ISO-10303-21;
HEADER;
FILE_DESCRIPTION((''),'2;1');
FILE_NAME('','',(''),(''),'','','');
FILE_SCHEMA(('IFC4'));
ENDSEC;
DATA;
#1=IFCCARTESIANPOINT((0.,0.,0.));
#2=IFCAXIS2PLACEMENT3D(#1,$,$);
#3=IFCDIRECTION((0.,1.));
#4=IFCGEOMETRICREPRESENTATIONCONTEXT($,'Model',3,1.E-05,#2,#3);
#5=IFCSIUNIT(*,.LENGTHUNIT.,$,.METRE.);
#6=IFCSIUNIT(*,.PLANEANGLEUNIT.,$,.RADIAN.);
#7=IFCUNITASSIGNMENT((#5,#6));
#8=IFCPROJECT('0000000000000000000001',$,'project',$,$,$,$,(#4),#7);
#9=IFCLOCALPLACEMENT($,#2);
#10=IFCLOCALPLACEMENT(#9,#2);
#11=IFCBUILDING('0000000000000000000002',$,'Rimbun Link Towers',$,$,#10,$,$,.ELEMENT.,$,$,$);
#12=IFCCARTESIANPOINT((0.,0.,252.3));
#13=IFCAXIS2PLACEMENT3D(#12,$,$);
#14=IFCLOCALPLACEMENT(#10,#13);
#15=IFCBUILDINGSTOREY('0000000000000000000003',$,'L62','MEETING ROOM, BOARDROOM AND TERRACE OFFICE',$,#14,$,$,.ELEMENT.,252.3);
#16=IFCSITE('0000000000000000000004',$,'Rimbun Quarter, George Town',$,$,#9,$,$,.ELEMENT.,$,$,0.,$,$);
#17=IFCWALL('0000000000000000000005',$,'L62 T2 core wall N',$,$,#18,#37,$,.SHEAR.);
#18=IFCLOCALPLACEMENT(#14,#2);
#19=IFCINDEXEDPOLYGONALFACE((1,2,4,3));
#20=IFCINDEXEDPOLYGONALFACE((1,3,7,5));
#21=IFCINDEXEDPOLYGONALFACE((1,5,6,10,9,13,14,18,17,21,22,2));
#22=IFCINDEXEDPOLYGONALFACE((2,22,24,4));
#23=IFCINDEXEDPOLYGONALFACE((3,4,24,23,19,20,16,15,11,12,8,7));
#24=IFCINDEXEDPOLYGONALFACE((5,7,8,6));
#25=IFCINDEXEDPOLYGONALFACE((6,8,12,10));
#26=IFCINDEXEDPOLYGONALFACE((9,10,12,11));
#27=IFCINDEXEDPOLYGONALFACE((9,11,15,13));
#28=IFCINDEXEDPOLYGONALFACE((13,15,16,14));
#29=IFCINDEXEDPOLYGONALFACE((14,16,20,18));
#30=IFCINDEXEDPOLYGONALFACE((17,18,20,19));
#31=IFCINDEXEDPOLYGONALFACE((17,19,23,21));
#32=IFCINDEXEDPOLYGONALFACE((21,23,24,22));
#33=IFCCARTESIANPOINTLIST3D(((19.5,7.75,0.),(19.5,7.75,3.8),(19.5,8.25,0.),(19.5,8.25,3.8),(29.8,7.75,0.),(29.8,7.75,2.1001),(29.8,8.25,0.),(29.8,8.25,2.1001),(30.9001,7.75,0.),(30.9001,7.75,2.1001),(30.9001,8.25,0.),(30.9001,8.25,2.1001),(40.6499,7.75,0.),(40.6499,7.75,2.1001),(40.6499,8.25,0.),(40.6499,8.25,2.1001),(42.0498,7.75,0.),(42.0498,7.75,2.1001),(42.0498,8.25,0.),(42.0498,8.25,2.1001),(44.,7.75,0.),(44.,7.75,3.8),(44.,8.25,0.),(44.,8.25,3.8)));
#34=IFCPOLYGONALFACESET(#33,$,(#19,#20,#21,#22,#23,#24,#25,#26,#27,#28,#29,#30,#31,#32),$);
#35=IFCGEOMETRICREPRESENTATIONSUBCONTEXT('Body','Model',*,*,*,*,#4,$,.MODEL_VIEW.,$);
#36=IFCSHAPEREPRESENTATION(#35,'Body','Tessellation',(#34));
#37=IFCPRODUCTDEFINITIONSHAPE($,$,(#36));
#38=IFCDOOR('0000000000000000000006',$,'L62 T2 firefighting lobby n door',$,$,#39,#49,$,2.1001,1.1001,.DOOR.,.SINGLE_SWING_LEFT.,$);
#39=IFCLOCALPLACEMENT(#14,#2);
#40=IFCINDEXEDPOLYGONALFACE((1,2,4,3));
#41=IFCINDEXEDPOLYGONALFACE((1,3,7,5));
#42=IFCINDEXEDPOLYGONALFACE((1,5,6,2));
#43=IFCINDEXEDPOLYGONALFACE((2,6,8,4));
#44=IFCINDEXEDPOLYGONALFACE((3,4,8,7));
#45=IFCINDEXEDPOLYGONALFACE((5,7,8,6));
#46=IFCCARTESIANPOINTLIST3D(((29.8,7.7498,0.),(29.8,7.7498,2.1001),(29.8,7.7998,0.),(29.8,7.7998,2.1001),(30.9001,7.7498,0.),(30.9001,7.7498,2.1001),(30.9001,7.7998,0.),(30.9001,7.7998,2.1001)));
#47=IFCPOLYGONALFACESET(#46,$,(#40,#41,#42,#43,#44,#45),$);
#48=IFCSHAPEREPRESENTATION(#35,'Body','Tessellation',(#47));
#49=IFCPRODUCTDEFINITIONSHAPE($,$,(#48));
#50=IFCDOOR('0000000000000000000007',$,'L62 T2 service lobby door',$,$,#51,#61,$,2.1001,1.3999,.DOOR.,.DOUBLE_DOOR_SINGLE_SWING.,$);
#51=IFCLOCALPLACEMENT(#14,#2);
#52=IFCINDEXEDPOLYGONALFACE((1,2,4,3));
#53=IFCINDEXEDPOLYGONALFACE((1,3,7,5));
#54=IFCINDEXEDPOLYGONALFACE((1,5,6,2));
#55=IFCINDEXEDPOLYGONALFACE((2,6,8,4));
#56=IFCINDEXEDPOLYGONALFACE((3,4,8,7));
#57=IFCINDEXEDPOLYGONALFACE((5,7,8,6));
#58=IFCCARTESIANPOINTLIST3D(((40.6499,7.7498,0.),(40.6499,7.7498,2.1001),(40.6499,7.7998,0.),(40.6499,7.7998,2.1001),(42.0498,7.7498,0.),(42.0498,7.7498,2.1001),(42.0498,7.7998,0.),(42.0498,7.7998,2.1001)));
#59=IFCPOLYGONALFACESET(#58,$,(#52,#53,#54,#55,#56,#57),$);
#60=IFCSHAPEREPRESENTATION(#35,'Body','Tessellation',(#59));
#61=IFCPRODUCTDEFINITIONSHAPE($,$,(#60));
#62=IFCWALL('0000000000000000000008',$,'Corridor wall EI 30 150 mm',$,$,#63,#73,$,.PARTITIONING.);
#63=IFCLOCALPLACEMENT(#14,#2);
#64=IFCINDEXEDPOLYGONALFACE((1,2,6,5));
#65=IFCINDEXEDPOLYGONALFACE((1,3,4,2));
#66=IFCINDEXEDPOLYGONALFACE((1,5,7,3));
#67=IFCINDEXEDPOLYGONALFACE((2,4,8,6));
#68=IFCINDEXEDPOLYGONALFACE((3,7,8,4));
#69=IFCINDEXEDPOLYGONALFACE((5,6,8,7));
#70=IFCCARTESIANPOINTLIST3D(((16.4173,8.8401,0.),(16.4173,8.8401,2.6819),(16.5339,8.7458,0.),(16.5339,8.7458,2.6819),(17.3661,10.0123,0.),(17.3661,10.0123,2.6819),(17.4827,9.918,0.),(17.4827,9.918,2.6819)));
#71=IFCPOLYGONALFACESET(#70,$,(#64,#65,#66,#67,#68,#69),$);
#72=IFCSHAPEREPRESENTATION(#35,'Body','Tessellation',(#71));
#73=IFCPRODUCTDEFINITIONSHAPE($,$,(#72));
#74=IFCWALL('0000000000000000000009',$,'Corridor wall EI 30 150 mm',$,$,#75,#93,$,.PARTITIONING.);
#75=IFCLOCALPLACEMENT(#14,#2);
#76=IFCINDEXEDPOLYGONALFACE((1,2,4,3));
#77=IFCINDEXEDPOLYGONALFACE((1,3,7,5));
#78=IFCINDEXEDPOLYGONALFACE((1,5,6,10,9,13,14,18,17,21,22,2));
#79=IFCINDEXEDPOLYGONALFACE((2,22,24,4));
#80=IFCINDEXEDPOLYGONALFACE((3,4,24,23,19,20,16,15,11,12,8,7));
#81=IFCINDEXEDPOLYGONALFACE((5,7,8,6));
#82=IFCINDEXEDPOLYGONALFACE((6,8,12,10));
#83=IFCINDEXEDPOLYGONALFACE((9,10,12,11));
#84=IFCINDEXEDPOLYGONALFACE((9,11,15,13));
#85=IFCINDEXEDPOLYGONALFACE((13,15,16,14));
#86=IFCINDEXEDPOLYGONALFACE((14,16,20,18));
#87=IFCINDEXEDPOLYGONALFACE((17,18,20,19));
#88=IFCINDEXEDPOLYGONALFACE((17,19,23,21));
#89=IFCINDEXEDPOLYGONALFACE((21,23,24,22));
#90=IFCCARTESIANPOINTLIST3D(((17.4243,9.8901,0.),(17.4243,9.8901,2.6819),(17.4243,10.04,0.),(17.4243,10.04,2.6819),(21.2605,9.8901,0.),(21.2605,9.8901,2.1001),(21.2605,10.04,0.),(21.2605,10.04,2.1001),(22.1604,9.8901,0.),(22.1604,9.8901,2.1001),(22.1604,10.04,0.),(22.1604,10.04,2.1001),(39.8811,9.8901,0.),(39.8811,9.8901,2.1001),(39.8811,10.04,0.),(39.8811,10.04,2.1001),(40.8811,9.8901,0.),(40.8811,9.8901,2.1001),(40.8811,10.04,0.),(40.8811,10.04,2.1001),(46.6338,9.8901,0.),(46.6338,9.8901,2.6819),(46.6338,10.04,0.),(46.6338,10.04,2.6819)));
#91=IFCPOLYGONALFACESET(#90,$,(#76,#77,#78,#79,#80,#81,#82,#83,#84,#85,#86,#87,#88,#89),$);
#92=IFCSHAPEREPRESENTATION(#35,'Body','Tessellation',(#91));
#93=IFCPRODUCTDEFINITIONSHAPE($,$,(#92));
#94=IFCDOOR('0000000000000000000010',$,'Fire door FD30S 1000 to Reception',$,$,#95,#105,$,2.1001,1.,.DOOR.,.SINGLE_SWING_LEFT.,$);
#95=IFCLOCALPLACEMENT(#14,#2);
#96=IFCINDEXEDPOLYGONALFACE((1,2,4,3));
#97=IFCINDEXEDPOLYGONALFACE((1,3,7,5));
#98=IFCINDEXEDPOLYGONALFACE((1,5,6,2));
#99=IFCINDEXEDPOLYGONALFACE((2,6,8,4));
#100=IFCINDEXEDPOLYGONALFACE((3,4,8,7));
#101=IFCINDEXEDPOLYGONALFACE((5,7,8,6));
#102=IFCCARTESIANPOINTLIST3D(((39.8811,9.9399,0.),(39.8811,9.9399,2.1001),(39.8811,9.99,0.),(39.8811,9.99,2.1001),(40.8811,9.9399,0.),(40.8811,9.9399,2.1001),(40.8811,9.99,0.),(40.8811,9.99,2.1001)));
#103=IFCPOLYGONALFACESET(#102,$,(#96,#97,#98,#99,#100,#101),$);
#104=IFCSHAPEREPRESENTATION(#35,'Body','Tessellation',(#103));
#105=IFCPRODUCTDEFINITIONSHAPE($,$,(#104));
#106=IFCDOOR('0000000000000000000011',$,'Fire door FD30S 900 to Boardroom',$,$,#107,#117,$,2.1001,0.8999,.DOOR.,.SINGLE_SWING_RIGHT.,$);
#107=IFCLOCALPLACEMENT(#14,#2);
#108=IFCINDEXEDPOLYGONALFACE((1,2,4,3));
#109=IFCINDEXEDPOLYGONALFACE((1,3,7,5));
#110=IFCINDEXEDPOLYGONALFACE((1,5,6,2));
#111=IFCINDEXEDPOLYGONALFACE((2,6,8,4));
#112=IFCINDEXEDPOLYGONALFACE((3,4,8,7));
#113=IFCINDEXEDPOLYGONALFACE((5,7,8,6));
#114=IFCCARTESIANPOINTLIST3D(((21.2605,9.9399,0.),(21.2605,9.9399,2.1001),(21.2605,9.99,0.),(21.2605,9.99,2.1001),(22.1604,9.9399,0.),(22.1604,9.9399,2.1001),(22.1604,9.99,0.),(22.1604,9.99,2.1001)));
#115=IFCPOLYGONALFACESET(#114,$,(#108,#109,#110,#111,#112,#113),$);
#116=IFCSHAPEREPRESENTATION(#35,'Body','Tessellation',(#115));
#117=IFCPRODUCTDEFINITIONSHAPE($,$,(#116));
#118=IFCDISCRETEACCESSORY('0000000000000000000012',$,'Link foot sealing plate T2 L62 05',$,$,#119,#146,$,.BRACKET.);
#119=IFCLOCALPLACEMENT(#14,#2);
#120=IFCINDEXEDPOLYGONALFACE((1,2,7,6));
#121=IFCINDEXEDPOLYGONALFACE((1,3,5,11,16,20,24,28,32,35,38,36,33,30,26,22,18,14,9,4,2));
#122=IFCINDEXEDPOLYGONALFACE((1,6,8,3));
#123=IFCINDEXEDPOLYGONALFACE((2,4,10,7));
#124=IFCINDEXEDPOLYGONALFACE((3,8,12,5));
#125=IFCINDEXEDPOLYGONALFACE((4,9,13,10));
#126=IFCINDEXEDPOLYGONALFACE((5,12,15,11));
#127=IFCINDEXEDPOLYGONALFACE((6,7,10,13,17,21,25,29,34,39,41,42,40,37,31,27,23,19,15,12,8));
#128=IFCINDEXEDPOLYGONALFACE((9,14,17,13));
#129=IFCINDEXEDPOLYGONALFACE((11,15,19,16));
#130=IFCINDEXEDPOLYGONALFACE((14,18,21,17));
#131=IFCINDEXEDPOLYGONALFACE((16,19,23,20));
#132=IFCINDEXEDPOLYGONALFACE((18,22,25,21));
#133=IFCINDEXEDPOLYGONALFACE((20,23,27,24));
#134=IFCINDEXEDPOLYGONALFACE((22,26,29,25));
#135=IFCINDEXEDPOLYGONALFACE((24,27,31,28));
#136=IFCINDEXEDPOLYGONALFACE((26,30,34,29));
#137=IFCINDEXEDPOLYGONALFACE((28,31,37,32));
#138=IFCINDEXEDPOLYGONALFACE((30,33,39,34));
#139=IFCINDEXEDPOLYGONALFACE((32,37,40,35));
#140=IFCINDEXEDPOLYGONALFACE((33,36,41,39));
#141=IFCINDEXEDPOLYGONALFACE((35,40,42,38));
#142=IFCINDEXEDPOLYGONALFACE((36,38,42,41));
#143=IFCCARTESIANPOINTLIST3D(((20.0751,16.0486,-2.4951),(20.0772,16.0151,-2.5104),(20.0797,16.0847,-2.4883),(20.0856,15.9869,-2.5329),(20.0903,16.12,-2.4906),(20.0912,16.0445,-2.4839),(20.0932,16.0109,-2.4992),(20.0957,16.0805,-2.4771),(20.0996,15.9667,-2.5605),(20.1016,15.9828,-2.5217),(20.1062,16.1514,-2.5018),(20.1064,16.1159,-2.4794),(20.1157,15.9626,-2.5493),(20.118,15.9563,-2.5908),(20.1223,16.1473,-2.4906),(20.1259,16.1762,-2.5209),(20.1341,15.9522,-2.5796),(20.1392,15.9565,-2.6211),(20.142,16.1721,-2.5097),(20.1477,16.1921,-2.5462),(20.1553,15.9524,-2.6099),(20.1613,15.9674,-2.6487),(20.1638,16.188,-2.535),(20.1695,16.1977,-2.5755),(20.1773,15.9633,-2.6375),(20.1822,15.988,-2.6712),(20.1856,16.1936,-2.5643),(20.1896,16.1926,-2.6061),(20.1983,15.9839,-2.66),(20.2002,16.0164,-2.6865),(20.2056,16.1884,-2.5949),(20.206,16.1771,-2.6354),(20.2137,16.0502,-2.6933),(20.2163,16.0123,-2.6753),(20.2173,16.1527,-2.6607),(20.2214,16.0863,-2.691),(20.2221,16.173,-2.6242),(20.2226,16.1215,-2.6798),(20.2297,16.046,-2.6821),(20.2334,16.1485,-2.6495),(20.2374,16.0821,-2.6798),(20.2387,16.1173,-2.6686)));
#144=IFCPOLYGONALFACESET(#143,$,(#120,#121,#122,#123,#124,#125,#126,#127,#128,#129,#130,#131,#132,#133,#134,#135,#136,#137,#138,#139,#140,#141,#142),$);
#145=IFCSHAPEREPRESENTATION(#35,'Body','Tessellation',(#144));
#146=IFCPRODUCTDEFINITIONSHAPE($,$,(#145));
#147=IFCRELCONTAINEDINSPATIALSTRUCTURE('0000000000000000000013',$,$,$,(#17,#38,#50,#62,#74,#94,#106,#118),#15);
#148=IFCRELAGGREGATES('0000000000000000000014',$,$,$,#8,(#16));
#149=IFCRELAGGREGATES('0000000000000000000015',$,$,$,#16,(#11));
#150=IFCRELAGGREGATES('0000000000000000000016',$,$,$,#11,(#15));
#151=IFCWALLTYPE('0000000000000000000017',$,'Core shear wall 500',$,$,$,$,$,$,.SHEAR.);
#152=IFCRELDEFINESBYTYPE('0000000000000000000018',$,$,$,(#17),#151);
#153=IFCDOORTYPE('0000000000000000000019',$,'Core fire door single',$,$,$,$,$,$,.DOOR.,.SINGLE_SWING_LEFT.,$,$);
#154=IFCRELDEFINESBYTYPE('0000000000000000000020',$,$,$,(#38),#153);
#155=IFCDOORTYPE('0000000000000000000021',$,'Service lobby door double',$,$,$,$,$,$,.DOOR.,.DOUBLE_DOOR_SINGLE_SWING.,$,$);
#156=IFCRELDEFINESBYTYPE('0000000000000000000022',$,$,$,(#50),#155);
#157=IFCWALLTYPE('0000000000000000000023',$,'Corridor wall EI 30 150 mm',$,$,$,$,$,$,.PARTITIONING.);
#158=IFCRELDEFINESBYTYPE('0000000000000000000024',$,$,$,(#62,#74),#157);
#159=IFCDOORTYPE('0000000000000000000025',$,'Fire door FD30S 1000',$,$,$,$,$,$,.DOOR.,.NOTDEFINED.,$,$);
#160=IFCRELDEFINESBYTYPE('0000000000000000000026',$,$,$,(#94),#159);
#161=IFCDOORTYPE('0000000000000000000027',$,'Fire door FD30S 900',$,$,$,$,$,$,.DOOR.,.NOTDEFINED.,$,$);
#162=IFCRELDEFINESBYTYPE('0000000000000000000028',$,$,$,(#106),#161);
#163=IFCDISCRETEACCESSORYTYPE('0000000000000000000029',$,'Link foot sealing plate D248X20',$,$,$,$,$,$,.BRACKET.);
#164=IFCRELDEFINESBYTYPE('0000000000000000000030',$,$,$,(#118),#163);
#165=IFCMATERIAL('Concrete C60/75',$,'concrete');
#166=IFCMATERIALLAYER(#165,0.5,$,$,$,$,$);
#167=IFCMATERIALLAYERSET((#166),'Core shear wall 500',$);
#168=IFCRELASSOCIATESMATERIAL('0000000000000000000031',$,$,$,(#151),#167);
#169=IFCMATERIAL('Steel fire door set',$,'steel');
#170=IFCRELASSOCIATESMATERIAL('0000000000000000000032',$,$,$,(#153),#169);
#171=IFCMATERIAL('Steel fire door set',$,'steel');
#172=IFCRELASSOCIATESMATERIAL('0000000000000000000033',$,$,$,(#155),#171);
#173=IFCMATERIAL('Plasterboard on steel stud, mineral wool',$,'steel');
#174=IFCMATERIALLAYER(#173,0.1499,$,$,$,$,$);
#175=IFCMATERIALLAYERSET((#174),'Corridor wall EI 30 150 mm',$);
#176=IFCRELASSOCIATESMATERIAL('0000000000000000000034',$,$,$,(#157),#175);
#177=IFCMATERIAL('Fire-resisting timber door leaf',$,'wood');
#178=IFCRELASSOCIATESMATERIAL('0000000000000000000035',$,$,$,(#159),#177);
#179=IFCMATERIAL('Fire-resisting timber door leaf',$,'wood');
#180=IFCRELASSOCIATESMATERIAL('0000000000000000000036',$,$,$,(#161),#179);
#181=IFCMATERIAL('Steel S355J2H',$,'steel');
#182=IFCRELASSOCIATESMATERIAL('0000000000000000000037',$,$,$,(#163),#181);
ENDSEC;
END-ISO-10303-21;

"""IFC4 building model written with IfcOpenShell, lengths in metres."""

from ifc_helpers import new_model, si_unit, direction, frame, frame_2d, origin, origin_2d, place, context, subcontext, project, spatial, rectangle, circle, extrude, material, layer, layer_set, material_profile, profile_set, type_object, element, fill, save


model = new_model("IFC4")

# Units and contexts
model_context = context("Model", 3, precision=1e-05, world=origin(), true_north=direction((0.0, 1.0)))
body_context = subcontext(model_context, "Body", "Model", "MODEL_VIEW")
ifc_project = project(units=[si_unit("LENGTHUNIT", "METRE"), si_unit("PLANEANGLEUNIT", "RADIAN")], contexts=[model_context])

# Site, building, storey
site_placement = place(None, origin())
site = spatial("IfcSite", under=ifc_project, at=site_placement, Name="Rimbun Quarter, George Town", CompositionType="ELEMENT", RefElevation=0.0)
building_placement = place(site_placement, origin())
building = spatial("IfcBuilding", under=site, at=building_placement, Name="Rimbun Link Towers", CompositionType="ELEMENT")
storey_placement = place(building_placement, frame((0.0, 0.0, 252.3)))
storey = spatial("IfcBuildingStorey", under=building, at=storey_placement, Name="L62", Description="MEETING ROOM, BOARDROOM AND TERRACE OFFICE", CompositionType="ELEMENT", Elevation=252.3)

# Wall, openings, doors
ifc_material_1 = material(Name="Concrete C60/75", Category="concrete")
ifc_layer_1 = layer(ifc_material_1, 0.5)
ifc_layer_set_1 = layer_set([ifc_layer_1], Name="Core shear wall 500")
wall_type_1 = type_object("IfcWallType", Name="Core shear wall 500", PredefinedType="SHEAR", material=ifc_layer_set_1)
wall_1_placement = place(storey_placement, frame((19.5, 8.0, 0.0), z_axis=(0.0, 0.0, 1.0), x_axis=(1.0, 0.0, 0.0)))
wall_1 = element("IfcWall", 1, at=wall_1_placement, inside=storey, type_object=wall_type_1, Name="L62 T2 core wall N", PredefinedType="SHEAR", context=body_context, shape_type="SweptSolid", body=[
    extrude(rectangle(XDim=24.5, YDim=0.5, at=frame_2d((12.25, 0.0))), origin(), (0.0, 0.0, 1.0), 3.8),
])
opening_1_placement = place(wall_1_placement, frame((10.3, 0.0, 0.0)))
opening_1 = element("IfcOpeningElement", 2, at=opening_1_placement, cuts=wall_1, PredefinedType="OPENING", context=body_context, shape_type="SweptSolid", body=[
    extrude(rectangle(XDim=1.1001, YDim=2.1001, at=frame_2d((0.55, 1.05))), frame((0.0, 0.26, 0.0), z_axis=(0.0, -1.0, 0.0), x_axis=(1.0, 0.0, 0.0)), (0.0, 0.0, 1.0), 0.52),
])
opening_2_placement = place(wall_1_placement, frame((21.1499, 0.0, 0.0)))
opening_2 = element("IfcOpeningElement", 3, at=opening_2_placement, cuts=wall_1, PredefinedType="OPENING", context=body_context, shape_type="SweptSolid", body=[
    extrude(rectangle(XDim=1.3999, YDim=2.1001, at=frame_2d((0.7, 1.05))), frame((0.0, 0.26, 0.0), z_axis=(0.0, -1.0, 0.0), x_axis=(1.0, 0.0, 0.0)), (0.0, 0.0, 1.0), 0.52),
])
ifc_material_2 = material(Name="Steel fire door set", Category="steel")
door_type_1 = type_object("IfcDoorType", Name="Core fire door single", OperationType="SINGLE_SWING_LEFT", PredefinedType="DOOR", material=ifc_material_2)
door_1_placement = place(opening_1_placement, origin())
door_1 = element("IfcDoor", 4, at=door_1_placement, inside=storey, type_object=door_type_1, Name="L62 T2 firefighting lobby n door", OperationType="SINGLE_SWING_LEFT", OverallHeight=2.1001, OverallWidth=1.1001, PredefinedType="DOOR", context=body_context, shape_type="SweptSolid", body=[
    extrude(rectangle(XDim=1.1001, YDim=2.1001, at=frame_2d((0.55, 1.05))), frame((0.0, -0.2002, 0.0), z_axis=(0.0, -1.0, 0.0), x_axis=(1.0, 0.0, 0.0)), (0.0, 0.0, 1.0), 0.05),
])
fill(opening_1, door_1)
ifc_material_3 = material(Name="Steel fire door set", Category="steel")
door_type_2 = type_object("IfcDoorType", Name="Service lobby door double", OperationType="DOUBLE_DOOR_SINGLE_SWING", PredefinedType="DOOR", material=ifc_material_3)
door_2_placement = place(opening_2_placement, origin())
door_2 = element("IfcDoor", 5, at=door_2_placement, inside=storey, type_object=door_type_2, Name="L62 T2 service lobby door", OperationType="DOUBLE_DOOR_SINGLE_SWING", OverallHeight=2.1001, OverallWidth=1.3999, PredefinedType="DOOR", context=body_context, shape_type="SweptSolid", body=[
    extrude(rectangle(XDim=1.3999, YDim=2.1001, at=frame_2d((0.7, 1.05))), frame((0.0, -0.2002, 0.0), z_axis=(0.0, -1.0, 0.0), x_axis=(1.0, 0.0, 0.0)), (0.0, 0.0, 1.0), 0.05),
])
fill(opening_2, door_2)

# Wall
ifc_material_4 = material(Name="Plasterboard on steel stud, mineral wool", Category="steel")
ifc_layer_2 = layer(ifc_material_4, 0.1499)
ifc_layer_set_2 = layer_set([ifc_layer_2], Name="Corridor wall EI 30 150 mm")
wall_type_2 = type_object("IfcWallType", Name="Corridor wall EI 30 150 mm", PredefinedType="PARTITIONING", material=ifc_layer_set_2)
wall_2_placement = place(storey_placement, frame((17.4243, 9.9651, 0.0), z_axis=(0.0, 0.0, 1.0), x_axis=(-0.629147, -0.777286, 0.0)))
element("IfcWall", 6, at=wall_2_placement, inside=storey, type_object=wall_type_2, Name="Corridor wall EI 30 150 mm", PredefinedType="PARTITIONING", context=body_context, shape_type="SweptSolid", body=[
    extrude(rectangle(XDim=1.5081, YDim=0.1499, at=frame_2d((0.7539, 0.0))), origin(), (0.0, 0.0, 1.0), 2.6819),
])

# Wall, openings, doors
wall_3_placement = place(storey_placement, frame((17.4243, 9.9651, 0.0), z_axis=(0.0, 0.0, 1.0), x_axis=(1.0, 0.0, 0.0)))
wall_3 = element("IfcWall", 7, at=wall_3_placement, inside=storey, type_object=wall_type_2, Name="Corridor wall EI 30 150 mm", PredefinedType="PARTITIONING", context=body_context, shape_type="SweptSolid", body=[
    extrude(rectangle(XDim=29.2095, YDim=0.1499, at=frame_2d((14.6047, 0.0))), origin(), (0.0, 0.0, 1.0), 2.6819),
])
opening_3_placement = place(wall_3_placement, frame((22.4568, 0.0, 0.0)))
opening_3 = element("IfcOpeningElement", 8, at=opening_3_placement, cuts=wall_3, PredefinedType="OPENING", context=body_context, shape_type="SweptSolid", body=[
    extrude(rectangle(XDim=1.0, YDim=2.1001, at=frame_2d((0.5, 1.05))), frame((0.0, 0.085, 0.0), z_axis=(0.0, -1.0, 0.0), x_axis=(1.0, 0.0, 0.0)), (0.0, 0.0, 1.0), 0.1699),
])
opening_4_placement = place(wall_3_placement, frame((3.8362, 0.0, 0.0)))
opening_4 = element("IfcOpeningElement", 9, at=opening_4_placement, cuts=wall_3, PredefinedType="OPENING", context=body_context, shape_type="SweptSolid", body=[
    extrude(rectangle(XDim=0.8999, YDim=2.1001, at=frame_2d((0.45, 1.05))), frame((0.0, 0.085, 0.0), z_axis=(0.0, -1.0, 0.0), x_axis=(1.0, 0.0, 0.0)), (0.0, 0.0, 1.0), 0.1699),
])
ifc_material_5 = material(Name="Fire-resisting timber door leaf", Category="wood")
door_type_3 = type_object("IfcDoorType", Name="Fire door FD30S 1000", OperationType="NOTDEFINED", PredefinedType="DOOR", material=ifc_material_5)
door_3_placement = place(opening_3_placement, origin())
door_3 = element("IfcDoor", 10, at=door_3_placement, inside=storey, type_object=door_type_3, Name="Fire door FD30S 1000 to Reception", OperationType="SINGLE_SWING_LEFT", OverallHeight=2.1001, OverallWidth=1.0, PredefinedType="DOOR", context=body_context, shape_type="SweptSolid", body=[
    extrude(rectangle(XDim=1.0, YDim=2.1001, at=frame_2d((0.5, 1.05))), frame((0.0, 0.0249, 0.0), z_axis=(0.0, -1.0, 0.0), x_axis=(1.0, 0.0, 0.0)), (0.0, 0.0, 1.0), 0.05),
])
fill(opening_3, door_3)
ifc_material_6 = material(Name="Fire-resisting timber door leaf", Category="wood")
door_type_4 = type_object("IfcDoorType", Name="Fire door FD30S 900", OperationType="NOTDEFINED", PredefinedType="DOOR", material=ifc_material_6)
door_4_placement = place(opening_4_placement, origin())
door_4 = element("IfcDoor", 11, at=door_4_placement, inside=storey, type_object=door_type_4, Name="Fire door FD30S 900 to Boardroom", OperationType="SINGLE_SWING_RIGHT", OverallHeight=2.1001, OverallWidth=0.8999, PredefinedType="DOOR", context=body_context, shape_type="SweptSolid", body=[
    extrude(rectangle(XDim=0.8999, YDim=2.1001, at=frame_2d((0.45, 1.05))), frame((0.0, 0.0249, 0.0), z_axis=(0.0, -1.0, 0.0), x_axis=(1.0, 0.0, 0.0)), (0.0, 0.0, 1.0), 0.05),
])
fill(opening_4, door_4)

# Discrete accessory
ifc_material_7 = material(Name="Steel S355J2H", Category="steel")
ifc_material_profile_1 = material_profile(ifc_material_7, circle(Radius=0.124, at=origin_2d()), Name="PL D248")
ifc_profile_set_1 = profile_set([ifc_material_profile_1], Name="Steel S355J2H")
discrete_accessory_type = type_object("IfcDiscreteAccessoryType", Name="Link foot sealing plate D248X20", PredefinedType="BRACKET", material=ifc_profile_set_1)
for number, where, z_axis, x_axis, name in (
    (12, (20.165, 16.0723, -2.5796), (-0.802673, 0.206749, -0.559439), (-0.249434, -0.968392, 0.0), "Link foot sealing plate T2 L62 05"),
):
    element("IfcDiscreteAccessory", number, at=place(storey_placement, frame(where, z_axis=z_axis, x_axis=x_axis)), inside=storey, type_object=discrete_accessory_type, Name=name, PredefinedType="BRACKET", context=body_context, shape_type="SweptSolid", body=[
        extrude(circle(Radius=0.124, at=origin_2d()), origin(), (0.0, 0.0, 1.0), 0.02),
    ])

save(model, "model.ifc")
